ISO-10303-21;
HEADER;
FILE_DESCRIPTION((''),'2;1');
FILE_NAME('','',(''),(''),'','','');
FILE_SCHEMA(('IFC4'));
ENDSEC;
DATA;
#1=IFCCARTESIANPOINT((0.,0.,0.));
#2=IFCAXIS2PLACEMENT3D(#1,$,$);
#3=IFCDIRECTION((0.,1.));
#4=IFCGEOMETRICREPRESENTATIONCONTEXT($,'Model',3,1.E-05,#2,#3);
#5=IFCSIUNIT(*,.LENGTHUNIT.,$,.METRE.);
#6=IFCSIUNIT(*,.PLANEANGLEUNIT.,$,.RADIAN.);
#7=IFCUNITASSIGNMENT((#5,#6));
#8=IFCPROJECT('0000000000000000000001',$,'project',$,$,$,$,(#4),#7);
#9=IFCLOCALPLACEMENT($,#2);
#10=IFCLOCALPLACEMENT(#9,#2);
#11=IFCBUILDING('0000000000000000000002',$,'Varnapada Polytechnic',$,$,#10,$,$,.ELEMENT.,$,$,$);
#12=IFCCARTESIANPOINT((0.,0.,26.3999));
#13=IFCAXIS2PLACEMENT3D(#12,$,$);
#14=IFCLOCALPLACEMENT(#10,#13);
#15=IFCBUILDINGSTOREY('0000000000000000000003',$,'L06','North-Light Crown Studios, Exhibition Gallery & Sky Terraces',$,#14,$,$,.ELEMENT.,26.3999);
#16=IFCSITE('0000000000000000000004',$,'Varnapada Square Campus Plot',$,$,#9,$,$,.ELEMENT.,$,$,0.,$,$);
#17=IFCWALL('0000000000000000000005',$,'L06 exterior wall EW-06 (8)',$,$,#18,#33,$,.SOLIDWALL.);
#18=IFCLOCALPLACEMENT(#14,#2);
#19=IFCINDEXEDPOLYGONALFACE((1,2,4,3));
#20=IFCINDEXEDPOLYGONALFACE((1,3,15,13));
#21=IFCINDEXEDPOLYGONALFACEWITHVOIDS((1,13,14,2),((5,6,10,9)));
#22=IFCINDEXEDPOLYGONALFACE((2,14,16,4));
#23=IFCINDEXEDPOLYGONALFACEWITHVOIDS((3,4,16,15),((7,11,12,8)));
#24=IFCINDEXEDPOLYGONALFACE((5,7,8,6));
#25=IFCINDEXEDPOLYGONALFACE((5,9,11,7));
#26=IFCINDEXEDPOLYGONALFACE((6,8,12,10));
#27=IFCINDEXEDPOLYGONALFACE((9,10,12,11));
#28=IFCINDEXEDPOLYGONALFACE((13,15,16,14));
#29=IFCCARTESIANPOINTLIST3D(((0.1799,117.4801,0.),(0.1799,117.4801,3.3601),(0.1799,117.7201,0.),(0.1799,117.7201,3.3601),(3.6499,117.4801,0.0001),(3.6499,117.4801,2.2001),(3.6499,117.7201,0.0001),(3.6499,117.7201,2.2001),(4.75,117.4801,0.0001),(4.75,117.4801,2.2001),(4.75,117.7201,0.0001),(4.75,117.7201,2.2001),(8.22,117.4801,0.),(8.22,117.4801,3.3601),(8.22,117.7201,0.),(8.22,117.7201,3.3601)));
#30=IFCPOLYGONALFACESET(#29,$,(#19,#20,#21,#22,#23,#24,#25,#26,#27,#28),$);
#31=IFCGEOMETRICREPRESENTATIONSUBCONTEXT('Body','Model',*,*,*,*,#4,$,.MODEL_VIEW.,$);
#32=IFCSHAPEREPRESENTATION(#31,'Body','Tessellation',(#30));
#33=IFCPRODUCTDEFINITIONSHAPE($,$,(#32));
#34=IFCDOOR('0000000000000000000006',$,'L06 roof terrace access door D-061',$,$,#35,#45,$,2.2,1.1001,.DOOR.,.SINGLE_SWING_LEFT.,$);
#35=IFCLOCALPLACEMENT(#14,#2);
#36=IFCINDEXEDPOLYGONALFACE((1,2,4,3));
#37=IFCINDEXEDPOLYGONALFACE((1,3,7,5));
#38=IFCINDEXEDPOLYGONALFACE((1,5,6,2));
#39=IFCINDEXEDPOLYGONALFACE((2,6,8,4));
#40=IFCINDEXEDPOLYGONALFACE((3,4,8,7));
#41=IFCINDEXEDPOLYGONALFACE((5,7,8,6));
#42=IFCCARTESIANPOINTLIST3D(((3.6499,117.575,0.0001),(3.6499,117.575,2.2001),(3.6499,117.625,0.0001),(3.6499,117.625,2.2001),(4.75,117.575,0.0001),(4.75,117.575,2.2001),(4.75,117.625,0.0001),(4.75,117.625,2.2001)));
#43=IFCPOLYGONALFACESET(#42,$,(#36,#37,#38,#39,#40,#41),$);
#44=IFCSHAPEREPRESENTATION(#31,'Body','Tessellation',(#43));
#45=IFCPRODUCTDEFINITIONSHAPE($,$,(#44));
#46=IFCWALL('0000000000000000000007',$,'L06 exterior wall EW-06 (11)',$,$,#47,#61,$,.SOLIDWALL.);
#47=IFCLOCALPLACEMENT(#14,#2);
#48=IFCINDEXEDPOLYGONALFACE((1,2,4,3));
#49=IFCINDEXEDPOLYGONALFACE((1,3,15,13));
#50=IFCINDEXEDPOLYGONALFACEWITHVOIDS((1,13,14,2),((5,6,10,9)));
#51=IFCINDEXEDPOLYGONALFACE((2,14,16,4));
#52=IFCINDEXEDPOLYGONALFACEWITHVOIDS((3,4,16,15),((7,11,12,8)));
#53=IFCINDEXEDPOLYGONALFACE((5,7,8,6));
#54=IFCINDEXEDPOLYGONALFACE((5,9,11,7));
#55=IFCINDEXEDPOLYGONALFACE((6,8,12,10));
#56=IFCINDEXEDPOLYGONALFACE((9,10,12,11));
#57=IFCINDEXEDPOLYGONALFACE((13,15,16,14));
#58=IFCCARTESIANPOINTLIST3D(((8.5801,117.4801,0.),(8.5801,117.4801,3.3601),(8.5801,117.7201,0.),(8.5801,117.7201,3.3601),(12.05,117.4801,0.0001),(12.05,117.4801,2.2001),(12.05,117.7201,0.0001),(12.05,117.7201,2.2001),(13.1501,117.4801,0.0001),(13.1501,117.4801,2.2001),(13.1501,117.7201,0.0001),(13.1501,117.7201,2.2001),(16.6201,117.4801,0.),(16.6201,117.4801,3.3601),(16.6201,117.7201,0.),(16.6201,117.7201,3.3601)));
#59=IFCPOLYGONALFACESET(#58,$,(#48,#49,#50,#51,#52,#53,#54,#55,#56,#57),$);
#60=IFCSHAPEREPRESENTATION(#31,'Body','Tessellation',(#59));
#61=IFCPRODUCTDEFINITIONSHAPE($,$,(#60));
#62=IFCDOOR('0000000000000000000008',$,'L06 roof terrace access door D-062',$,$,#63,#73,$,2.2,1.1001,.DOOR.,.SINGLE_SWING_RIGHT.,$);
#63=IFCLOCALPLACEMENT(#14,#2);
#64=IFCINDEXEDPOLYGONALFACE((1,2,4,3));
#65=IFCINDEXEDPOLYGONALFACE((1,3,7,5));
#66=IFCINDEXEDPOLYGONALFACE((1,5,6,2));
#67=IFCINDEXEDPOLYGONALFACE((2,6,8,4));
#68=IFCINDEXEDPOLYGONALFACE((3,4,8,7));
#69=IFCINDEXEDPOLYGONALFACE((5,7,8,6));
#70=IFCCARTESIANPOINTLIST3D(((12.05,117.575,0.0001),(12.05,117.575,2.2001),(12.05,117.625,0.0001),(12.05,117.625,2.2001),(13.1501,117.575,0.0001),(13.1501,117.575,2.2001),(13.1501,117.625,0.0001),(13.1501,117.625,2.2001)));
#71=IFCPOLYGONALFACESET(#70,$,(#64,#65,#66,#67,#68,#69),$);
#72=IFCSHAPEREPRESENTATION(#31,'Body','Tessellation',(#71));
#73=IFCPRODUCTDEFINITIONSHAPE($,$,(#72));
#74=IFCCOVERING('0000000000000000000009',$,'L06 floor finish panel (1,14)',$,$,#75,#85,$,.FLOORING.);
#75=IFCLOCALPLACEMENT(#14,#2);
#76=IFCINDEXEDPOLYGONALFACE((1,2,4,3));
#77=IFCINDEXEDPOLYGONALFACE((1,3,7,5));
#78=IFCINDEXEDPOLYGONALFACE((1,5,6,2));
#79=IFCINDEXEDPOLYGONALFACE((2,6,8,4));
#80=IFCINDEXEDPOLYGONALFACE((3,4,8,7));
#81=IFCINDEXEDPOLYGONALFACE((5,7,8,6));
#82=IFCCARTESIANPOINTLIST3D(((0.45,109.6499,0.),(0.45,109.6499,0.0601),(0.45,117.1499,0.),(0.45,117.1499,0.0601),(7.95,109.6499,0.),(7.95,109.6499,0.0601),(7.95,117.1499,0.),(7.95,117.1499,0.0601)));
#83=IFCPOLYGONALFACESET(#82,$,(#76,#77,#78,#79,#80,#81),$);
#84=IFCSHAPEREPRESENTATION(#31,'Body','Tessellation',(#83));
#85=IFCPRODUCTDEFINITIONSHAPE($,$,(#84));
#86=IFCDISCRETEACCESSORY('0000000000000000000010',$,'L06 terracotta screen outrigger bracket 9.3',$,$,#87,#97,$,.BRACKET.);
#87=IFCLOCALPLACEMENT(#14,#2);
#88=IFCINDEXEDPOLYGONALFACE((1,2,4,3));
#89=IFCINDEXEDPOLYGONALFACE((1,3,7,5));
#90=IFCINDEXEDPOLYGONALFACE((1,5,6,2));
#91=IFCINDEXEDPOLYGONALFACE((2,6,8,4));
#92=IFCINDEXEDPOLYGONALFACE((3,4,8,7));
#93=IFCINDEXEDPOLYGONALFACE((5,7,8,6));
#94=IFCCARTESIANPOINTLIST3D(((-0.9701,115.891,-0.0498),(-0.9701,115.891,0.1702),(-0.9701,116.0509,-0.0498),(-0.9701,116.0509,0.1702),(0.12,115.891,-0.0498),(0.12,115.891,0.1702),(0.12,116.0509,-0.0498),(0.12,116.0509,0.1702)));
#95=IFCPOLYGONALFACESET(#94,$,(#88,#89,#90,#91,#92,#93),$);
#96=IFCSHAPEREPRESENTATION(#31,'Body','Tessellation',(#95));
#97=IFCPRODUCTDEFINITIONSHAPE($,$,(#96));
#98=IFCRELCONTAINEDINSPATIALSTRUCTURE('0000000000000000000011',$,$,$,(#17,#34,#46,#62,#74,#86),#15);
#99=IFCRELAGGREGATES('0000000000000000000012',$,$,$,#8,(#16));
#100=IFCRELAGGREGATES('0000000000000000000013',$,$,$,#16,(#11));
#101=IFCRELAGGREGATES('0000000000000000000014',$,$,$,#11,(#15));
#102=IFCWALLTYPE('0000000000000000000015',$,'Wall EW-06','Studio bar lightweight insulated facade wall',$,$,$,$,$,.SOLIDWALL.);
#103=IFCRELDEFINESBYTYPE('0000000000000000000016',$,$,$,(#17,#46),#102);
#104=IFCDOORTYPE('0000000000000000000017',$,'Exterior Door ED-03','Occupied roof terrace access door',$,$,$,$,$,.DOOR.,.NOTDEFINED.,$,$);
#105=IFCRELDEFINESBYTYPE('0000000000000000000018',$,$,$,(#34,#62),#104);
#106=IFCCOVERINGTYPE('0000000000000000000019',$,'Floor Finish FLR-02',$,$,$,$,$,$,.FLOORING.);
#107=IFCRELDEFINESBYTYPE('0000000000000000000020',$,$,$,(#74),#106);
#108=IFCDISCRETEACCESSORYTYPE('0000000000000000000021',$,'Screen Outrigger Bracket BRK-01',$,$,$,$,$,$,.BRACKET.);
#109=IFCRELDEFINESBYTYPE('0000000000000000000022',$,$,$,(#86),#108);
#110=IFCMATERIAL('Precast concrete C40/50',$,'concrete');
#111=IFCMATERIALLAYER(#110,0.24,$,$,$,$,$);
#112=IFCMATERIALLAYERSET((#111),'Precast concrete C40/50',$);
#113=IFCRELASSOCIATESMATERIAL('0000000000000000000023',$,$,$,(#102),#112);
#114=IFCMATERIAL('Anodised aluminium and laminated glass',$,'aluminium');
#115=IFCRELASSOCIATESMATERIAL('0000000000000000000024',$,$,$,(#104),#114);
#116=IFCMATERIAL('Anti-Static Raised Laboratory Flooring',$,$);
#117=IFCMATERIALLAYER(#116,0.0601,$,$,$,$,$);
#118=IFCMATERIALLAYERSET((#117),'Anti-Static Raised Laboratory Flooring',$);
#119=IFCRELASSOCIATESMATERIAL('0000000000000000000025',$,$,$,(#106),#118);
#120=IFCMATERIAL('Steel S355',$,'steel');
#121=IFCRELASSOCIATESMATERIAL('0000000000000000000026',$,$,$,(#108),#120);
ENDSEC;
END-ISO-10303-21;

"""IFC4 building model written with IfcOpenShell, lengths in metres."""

from ifc_helpers import new_model, si_unit, direction, frame, frame_2d, origin, origin_2d, place, context, subcontext, project, spatial, rectangle, extrude, material, layer, layer_set, type_object, element, fill, save


model = new_model("IFC4")

# Units and contexts
model_context = context("Model", 3, precision=1e-05, world=origin(), true_north=direction((0.0, 1.0)))
body_context = subcontext(model_context, "Body", "Model", "MODEL_VIEW")
ifc_project = project(units=[si_unit("LENGTHUNIT", "METRE"), si_unit("PLANEANGLEUNIT", "RADIAN")], contexts=[model_context])

# Site, building, storey
site_placement = place(None, origin())
site = spatial("IfcSite", under=ifc_project, at=site_placement, Name="Varnapada Square Campus Plot", CompositionType="ELEMENT", RefElevation=0.0)
building_placement = place(site_placement, origin())
building = spatial("IfcBuilding", under=site, at=building_placement, Name="Varnapada Polytechnic", CompositionType="ELEMENT")
storey_placement = place(building_placement, frame((0.0, 0.0, 26.3999)))
storey = spatial("IfcBuildingStorey", under=building, at=storey_placement, Name="L06", Description="North-Light Crown Studios, Exhibition Gallery & Sky Terraces", CompositionType="ELEMENT", Elevation=26.3999)

# Walls, openings, doors
ifc_material_1 = material(Name="Precast concrete C40/50", Category="concrete")
ifc_layer_1 = layer(ifc_material_1, 0.24)
ifc_layer_set_1 = layer_set([ifc_layer_1], Name="Precast concrete C40/50")
wall_type = type_object("IfcWallType", Name="Wall EW-06", Description="Studio bar lightweight insulated facade wall", PredefinedType="SOLIDWALL", material=ifc_layer_set_1)
wall_1_placement = place(storey_placement, frame((0.1799, 117.6001, 0.0), z_axis=(0.0, 0.0, 1.0), x_axis=(1.0, 0.0, 0.0)))
wall_1 = element("IfcWall", 1, at=wall_1_placement, inside=storey, type_object=wall_type, Name="L06 exterior wall EW-06 (8)", PredefinedType="SOLIDWALL", context=body_context, shape_type="SweptSolid", body=[
    extrude(rectangle(XDim=8.04, YDim=0.24, at=frame_2d((4.02, 0.0))), origin(), (0.0, 0.0, 1.0), 3.3601),
])
opening_1_placement = place(wall_1_placement, frame((3.47, 0.0, 0.0)))
opening_1 = element("IfcOpeningElement", 2, at=opening_1_placement, cuts=wall_1, PredefinedType="OPENING", context=body_context, shape_type="SweptSolid", body=[
    extrude(rectangle(XDim=1.1001, YDim=2.2, at=frame_2d((0.55, 1.1001))), frame((0.0, 0.1299, 0.0), z_axis=(0.0, -1.0, 0.0), x_axis=(1.0, 0.0, 0.0)), (0.0, 0.0, 1.0), 0.26),
])
ifc_material_2 = material(Name="Anodised aluminium and laminated glass", Category="aluminium")
door_type = type_object("IfcDoorType", Name="Exterior Door ED-03", Description="Occupied roof terrace access door", OperationType="NOTDEFINED", PredefinedType="DOOR", material=ifc_material_2)
door_1_placement = place(opening_1_placement, origin())
door_1 = element("IfcDoor", 3, at=door_1_placement, inside=storey, type_object=door_type, Name="L06 roof terrace access door D-061", OperationType="SINGLE_SWING_LEFT", OverallHeight=2.2, OverallWidth=1.1001, PredefinedType="DOOR", context=body_context, shape_type="SweptSolid", body=[
    extrude(rectangle(XDim=1.1001, YDim=2.2, at=frame_2d((0.55, 1.1001))), frame((0.0, 0.0249, 0.0), z_axis=(0.0, -1.0, 0.0), x_axis=(1.0, 0.0, 0.0)), (0.0, 0.0, 1.0), 0.05),
])
fill(opening_1, door_1)
wall_2_placement = place(storey_placement, frame((8.5801, 117.6001, 0.0), z_axis=(0.0, 0.0, 1.0), x_axis=(1.0, 0.0, 0.0)))
wall_2 = element("IfcWall", 4, at=wall_2_placement, inside=storey, type_object=wall_type, Name="L06 exterior wall EW-06 (11)", PredefinedType="SOLIDWALL", context=body_context, shape_type="SweptSolid", body=[
    extrude(rectangle(XDim=8.04, YDim=0.24, at=frame_2d((4.02, 0.0))), origin(), (0.0, 0.0, 1.0), 3.3601),
])
opening_2_placement = place(wall_2_placement, frame((3.47, 0.0, 0.0)))
opening_2 = element("IfcOpeningElement", 5, at=opening_2_placement, cuts=wall_2, PredefinedType="OPENING", context=body_context, shape_type="SweptSolid", body=[
    extrude(rectangle(XDim=1.1001, YDim=2.2, at=frame_2d((0.55, 1.1001))), frame((0.0, 0.1299, 0.0), z_axis=(0.0, -1.0, 0.0), x_axis=(1.0, 0.0, 0.0)), (0.0, 0.0, 1.0), 0.26),
])
door_2_placement = place(opening_2_placement, origin())
door_2 = element("IfcDoor", 6, at=door_2_placement, inside=storey, type_object=door_type, Name="L06 roof terrace access door D-062", OperationType="SINGLE_SWING_RIGHT", OverallHeight=2.2, OverallWidth=1.1001, PredefinedType="DOOR", context=body_context, shape_type="SweptSolid", body=[
    extrude(rectangle(XDim=1.1001, YDim=2.2, at=frame_2d((0.55, 1.1001))), frame((0.0, 0.0249, 0.0), z_axis=(0.0, -1.0, 0.0), x_axis=(1.0, 0.0, 0.0)), (0.0, 0.0, 1.0), 0.05),
])
fill(opening_2, door_2)

# Covering
ifc_material_3 = material(Name="Anti-Static Raised Laboratory Flooring")
ifc_layer_2 = layer(ifc_material_3, 0.0601)
ifc_layer_set_2 = layer_set([ifc_layer_2], Name="Anti-Static Raised Laboratory Flooring")
covering_type = type_object("IfcCoveringType", Name="Floor Finish FLR-02", PredefinedType="FLOORING", material=ifc_layer_set_2)
covering_placement = place(storey_placement, frame((4.2, 113.3999, 0.0), z_axis=(0.0, 0.0, 1.0), x_axis=(1.0, 0.0, 0.0)))
element("IfcCovering", 7, at=covering_placement, inside=storey, type_object=covering_type, Name="L06 floor finish panel (1,14)", PredefinedType="FLOORING", context=body_context, shape_type="SweptSolid", body=[
    extrude(rectangle(XDim=7.5, YDim=7.5, at=origin_2d()), origin(), (0.0, 0.0, 1.0), 0.0601),
])

# Discrete accessory
ifc_material_4 = material(Name="Steel S355", Category="steel")
discrete_accessory_type = type_object("IfcDiscreteAccessoryType", Name="Screen Outrigger Bracket BRK-01", PredefinedType="BRACKET", material=ifc_material_4)
discrete_accessory_placement = place(storey_placement, frame((-0.425, 115.9709, -0.0498), z_axis=(0.0, 0.0, 1.0), x_axis=(0.0, 1.0, 0.0)))
element("IfcDiscreteAccessory", 8, at=discrete_accessory_placement, inside=storey, type_object=discrete_accessory_type, Name="L06 terracotta screen outrigger bracket 9.3", PredefinedType="BRACKET", context=body_context, shape_type="SweptSolid", body=[
    extrude(rectangle(XDim=0.1599, YDim=1.0901, at=origin_2d()), origin(), (0.0, 0.0, 1.0), 0.22),
])

save(model, "model.ifc")
